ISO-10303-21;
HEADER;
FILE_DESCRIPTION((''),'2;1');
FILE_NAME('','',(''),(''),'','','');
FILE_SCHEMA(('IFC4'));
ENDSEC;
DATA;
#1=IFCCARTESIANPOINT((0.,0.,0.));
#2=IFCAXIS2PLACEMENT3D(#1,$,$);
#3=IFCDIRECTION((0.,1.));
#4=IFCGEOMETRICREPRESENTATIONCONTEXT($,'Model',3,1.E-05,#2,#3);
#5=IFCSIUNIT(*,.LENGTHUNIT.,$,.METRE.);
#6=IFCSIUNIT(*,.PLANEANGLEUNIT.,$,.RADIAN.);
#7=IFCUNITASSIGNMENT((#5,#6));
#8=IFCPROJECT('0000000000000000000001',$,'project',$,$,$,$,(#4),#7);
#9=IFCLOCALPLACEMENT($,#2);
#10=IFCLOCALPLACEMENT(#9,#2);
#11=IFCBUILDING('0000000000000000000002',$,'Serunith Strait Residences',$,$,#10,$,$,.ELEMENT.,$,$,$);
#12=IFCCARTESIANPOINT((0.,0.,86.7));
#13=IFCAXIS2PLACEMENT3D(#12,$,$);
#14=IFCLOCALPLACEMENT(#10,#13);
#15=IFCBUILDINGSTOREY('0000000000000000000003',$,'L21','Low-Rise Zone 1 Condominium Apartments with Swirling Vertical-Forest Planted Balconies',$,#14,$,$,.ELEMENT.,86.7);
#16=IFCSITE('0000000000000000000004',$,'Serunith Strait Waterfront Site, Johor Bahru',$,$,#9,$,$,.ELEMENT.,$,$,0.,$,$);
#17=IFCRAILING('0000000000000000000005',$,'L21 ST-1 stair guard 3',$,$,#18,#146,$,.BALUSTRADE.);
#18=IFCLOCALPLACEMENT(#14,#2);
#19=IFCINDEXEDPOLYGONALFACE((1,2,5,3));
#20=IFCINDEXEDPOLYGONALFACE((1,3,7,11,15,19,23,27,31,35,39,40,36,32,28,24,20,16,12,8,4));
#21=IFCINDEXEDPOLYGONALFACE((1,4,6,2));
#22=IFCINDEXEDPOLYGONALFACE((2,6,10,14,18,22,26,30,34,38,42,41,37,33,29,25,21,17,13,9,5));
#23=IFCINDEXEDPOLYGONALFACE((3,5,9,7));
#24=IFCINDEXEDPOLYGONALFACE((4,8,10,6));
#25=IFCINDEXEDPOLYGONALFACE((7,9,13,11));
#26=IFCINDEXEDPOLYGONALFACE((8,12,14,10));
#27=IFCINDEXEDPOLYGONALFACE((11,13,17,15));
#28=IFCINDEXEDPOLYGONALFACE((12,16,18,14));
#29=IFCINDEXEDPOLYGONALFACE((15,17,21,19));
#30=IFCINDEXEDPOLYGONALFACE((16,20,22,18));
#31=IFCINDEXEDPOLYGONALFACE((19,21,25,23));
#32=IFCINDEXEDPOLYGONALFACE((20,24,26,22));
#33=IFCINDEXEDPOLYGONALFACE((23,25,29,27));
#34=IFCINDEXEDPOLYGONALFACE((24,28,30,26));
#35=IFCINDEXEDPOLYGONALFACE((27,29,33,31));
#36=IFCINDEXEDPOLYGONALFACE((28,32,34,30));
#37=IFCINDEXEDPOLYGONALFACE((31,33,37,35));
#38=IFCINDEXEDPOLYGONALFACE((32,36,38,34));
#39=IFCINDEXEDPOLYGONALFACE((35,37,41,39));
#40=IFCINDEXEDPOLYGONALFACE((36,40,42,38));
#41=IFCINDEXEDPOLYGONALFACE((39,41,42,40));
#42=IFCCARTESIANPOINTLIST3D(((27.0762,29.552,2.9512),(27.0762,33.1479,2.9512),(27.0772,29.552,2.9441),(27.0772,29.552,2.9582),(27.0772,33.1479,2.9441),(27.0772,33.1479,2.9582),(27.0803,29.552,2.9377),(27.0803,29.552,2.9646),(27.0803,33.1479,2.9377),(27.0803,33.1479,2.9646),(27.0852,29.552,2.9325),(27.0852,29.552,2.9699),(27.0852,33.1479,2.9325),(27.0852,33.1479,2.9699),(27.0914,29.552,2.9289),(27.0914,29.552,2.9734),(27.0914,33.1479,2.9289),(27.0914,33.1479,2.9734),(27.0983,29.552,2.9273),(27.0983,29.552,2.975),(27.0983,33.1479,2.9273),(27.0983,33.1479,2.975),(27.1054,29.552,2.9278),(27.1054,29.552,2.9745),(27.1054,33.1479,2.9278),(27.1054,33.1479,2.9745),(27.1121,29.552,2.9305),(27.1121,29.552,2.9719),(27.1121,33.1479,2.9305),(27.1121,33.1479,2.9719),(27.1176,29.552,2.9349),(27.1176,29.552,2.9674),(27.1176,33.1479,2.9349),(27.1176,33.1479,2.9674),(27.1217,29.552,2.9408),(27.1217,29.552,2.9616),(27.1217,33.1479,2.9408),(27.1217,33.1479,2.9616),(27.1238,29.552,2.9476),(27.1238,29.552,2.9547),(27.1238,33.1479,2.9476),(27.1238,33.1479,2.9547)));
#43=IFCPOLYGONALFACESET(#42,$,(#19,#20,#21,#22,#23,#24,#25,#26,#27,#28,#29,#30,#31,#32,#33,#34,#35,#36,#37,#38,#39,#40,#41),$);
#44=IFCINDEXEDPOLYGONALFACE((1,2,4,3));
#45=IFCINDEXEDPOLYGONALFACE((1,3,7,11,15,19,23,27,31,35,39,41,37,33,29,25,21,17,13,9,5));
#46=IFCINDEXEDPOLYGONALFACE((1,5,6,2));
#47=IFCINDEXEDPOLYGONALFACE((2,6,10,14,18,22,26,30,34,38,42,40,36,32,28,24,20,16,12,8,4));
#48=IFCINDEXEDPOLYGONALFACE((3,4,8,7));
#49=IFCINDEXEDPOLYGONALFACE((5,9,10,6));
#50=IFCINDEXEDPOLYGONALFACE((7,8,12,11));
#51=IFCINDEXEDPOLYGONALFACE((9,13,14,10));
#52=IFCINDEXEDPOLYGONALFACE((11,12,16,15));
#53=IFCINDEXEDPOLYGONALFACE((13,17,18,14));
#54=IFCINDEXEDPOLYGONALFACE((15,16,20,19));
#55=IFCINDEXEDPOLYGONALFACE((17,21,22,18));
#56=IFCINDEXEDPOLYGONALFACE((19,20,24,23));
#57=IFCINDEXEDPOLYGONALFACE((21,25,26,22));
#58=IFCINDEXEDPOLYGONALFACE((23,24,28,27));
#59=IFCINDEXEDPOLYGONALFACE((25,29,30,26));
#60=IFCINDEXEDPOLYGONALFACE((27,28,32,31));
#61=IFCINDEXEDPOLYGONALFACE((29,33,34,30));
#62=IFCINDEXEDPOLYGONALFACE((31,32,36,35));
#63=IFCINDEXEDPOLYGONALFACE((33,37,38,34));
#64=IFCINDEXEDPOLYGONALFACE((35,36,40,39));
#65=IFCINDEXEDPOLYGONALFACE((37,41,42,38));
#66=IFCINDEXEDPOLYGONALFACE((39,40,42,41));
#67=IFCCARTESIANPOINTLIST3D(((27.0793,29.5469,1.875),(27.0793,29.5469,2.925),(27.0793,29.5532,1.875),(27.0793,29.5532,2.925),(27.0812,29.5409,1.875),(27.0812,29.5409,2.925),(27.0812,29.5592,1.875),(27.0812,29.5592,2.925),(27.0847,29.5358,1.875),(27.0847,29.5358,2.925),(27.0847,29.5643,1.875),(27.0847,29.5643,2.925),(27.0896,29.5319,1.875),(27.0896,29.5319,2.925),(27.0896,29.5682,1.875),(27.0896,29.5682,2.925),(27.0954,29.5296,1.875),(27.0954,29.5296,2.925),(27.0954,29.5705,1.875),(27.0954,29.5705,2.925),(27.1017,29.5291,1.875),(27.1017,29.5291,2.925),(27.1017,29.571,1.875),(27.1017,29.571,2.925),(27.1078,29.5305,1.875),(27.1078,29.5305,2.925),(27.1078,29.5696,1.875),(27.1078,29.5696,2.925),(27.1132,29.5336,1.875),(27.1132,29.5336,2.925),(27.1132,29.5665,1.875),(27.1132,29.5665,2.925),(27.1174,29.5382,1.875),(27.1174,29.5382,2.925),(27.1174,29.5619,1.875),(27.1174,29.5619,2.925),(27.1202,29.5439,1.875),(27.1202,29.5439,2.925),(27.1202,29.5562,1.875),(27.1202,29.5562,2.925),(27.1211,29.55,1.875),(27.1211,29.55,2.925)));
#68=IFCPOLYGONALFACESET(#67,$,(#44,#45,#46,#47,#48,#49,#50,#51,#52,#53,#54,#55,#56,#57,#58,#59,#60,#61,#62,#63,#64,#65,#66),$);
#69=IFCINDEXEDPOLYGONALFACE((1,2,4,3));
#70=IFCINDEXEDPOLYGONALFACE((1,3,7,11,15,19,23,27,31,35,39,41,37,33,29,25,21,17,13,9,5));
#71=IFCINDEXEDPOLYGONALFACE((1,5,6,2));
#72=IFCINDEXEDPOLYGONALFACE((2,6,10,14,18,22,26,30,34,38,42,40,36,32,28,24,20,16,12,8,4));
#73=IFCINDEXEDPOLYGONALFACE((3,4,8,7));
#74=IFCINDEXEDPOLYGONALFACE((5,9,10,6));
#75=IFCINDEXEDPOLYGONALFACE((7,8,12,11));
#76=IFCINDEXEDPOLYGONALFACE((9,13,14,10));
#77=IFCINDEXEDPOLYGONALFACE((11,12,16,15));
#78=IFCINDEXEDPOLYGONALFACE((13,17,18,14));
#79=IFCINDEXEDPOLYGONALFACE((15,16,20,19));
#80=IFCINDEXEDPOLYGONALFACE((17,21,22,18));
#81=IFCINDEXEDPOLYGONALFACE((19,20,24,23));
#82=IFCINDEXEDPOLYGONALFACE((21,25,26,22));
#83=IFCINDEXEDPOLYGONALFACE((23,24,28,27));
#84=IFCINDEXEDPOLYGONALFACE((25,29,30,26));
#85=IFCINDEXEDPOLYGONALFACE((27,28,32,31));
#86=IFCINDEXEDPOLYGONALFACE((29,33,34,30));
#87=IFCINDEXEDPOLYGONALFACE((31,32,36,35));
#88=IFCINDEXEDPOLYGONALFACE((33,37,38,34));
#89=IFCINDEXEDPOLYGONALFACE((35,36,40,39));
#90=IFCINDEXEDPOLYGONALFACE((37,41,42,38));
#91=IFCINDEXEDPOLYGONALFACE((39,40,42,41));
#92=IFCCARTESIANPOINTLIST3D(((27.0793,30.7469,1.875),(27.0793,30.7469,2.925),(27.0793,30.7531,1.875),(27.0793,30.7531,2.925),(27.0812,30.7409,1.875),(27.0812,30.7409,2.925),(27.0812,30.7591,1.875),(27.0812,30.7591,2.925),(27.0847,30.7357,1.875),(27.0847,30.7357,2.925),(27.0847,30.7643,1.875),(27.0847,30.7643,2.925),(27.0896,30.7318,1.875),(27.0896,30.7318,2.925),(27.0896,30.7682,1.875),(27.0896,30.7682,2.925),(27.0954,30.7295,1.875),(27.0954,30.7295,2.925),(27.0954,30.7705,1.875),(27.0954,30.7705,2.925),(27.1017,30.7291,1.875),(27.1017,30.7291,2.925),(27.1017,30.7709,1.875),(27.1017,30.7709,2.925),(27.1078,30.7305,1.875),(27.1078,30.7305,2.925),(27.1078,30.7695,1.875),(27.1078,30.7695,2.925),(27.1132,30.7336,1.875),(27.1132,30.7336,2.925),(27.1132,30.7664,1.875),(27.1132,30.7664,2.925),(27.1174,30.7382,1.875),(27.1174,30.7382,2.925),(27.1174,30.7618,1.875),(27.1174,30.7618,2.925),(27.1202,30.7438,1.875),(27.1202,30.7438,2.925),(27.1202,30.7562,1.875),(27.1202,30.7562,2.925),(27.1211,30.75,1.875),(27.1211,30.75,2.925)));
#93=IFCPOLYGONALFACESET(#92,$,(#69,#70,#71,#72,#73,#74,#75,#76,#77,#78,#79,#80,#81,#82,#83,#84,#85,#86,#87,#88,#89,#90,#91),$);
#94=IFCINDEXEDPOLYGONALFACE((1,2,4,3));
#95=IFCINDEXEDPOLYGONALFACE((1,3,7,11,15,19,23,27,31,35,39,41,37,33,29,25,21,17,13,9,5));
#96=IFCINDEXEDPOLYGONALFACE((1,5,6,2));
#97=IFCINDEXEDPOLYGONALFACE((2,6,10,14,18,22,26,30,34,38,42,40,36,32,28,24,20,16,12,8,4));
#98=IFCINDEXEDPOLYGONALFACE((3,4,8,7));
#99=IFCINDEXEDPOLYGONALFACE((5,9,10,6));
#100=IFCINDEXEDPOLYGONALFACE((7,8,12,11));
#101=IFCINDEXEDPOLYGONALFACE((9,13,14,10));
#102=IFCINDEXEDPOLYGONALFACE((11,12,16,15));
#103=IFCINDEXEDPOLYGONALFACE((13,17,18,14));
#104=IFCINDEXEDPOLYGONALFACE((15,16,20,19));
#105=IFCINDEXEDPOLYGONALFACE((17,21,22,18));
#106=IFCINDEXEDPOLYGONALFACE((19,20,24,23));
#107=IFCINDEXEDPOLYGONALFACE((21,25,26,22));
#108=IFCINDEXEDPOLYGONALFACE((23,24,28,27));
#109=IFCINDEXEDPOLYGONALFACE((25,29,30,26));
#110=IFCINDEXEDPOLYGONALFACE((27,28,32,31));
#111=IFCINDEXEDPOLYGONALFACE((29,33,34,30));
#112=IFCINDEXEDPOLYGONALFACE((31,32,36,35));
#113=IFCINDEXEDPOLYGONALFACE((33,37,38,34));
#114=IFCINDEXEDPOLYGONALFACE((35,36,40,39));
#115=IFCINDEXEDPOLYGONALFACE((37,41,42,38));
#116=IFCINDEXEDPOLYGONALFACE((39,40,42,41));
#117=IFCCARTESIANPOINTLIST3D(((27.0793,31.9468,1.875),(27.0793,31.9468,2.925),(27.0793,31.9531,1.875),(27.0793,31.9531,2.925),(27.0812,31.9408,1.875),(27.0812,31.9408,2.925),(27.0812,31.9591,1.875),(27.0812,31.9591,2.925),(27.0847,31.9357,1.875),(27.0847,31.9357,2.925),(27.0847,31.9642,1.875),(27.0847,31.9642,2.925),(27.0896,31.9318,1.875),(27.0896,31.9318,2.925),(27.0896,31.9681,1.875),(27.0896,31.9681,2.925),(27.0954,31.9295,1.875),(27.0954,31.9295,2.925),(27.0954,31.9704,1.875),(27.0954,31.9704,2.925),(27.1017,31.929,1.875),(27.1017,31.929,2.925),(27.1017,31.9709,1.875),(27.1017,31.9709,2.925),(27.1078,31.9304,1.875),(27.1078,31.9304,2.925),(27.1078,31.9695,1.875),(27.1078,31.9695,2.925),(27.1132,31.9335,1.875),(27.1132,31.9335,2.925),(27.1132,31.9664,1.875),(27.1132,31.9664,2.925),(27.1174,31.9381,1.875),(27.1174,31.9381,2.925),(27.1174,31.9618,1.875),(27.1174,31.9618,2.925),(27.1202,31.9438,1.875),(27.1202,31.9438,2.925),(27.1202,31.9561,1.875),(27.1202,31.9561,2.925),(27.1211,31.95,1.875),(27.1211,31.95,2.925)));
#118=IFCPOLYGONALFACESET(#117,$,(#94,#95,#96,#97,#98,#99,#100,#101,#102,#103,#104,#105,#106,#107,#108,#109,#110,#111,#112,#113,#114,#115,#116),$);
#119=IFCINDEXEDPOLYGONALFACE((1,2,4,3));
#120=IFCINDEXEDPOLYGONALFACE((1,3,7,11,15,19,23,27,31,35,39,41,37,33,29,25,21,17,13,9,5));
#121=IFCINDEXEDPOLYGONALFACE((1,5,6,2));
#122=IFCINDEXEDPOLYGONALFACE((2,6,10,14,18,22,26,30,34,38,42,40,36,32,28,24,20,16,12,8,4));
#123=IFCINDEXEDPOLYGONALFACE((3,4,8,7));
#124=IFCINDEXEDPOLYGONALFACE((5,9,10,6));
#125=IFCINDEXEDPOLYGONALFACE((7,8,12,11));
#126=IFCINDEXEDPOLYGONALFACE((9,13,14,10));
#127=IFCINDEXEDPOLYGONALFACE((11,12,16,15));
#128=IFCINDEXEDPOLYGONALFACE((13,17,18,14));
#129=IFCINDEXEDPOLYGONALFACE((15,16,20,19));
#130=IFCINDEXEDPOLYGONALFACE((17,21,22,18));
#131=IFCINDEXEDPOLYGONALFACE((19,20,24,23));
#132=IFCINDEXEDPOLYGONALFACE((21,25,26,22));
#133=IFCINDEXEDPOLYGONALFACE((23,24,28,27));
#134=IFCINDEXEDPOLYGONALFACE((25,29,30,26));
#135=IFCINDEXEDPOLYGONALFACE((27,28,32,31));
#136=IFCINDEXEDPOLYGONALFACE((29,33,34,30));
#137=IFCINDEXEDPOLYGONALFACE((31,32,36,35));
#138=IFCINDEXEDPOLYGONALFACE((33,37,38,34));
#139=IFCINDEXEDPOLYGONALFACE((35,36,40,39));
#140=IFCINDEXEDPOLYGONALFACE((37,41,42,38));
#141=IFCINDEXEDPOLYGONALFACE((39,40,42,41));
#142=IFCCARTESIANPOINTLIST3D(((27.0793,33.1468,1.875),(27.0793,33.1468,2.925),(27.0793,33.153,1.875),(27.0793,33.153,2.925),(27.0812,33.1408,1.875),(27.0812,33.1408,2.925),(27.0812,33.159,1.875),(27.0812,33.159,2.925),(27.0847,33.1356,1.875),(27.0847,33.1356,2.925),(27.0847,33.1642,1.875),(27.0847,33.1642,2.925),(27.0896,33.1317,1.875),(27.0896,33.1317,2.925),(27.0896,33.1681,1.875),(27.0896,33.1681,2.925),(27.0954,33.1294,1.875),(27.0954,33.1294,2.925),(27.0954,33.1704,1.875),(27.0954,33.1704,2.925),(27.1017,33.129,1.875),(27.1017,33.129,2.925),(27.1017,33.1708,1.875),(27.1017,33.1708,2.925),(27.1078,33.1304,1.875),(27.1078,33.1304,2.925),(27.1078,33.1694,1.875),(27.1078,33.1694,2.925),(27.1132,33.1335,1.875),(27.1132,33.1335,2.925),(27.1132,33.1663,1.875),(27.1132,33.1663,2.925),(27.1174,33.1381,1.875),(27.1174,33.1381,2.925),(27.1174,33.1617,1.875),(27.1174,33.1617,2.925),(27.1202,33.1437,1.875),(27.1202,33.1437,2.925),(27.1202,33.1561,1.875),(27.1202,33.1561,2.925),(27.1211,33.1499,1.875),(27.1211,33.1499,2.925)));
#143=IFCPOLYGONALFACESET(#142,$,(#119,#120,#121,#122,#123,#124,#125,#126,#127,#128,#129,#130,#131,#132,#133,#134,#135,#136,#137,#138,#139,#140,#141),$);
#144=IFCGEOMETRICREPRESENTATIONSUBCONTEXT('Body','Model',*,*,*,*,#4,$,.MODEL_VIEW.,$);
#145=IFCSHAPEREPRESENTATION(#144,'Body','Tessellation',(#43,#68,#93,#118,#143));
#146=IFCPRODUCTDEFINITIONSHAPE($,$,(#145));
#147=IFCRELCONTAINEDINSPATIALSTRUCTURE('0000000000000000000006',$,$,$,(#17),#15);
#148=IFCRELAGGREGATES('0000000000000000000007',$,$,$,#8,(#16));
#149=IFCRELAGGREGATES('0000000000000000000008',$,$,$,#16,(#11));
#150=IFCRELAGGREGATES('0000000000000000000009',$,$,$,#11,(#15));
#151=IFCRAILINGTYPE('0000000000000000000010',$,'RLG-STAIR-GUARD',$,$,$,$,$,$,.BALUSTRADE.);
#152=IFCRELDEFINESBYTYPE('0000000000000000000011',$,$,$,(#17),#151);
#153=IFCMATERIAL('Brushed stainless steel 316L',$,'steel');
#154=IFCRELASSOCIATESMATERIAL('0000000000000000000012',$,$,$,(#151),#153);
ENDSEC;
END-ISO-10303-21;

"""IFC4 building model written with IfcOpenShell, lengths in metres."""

from ifc_helpers import new_model, si_unit, direction, frame, origin, origin_2d, place, context, subcontext, project, spatial, circle, extrude, material, type_object, element, save


model = new_model("IFC4")

# Units and contexts
model_context = context("Model", 3, precision=1e-05, world=origin(), true_north=direction((0.0, 1.0)))
body_context = subcontext(model_context, "Body", "Model", "MODEL_VIEW")
ifc_project = project(units=[si_unit("LENGTHUNIT", "METRE"), si_unit("PLANEANGLEUNIT", "RADIAN")], contexts=[model_context])

# Site, building, storey
site_placement = place(None, origin())
site = spatial("IfcSite", under=ifc_project, at=site_placement, Name="Serunith Strait Waterfront Site, Johor Bahru", CompositionType="ELEMENT", RefElevation=0.0)
building_placement = place(site_placement, origin())
building = spatial("IfcBuilding", under=site, at=building_placement, Name="Serunith Strait Residences", CompositionType="ELEMENT")
storey_placement = place(building_placement, frame((0.0, 0.0, 86.7)))
storey = spatial("IfcBuildingStorey", under=building, at=storey_placement, Name="L21", Description="Low-Rise Zone 1 Condominium Apartments with Swirling Vertical-Forest Planted Balconies", CompositionType="ELEMENT", Elevation=86.7)

# Railing
ifc_material_1 = material(Name="Brushed stainless steel 316L", Category="steel")
railing_type_1 = type_object("IfcRailingType", Name="RLG-STAIR-GUARD", PredefinedType="BALUSTRADE", material=ifc_material_1)
for number, where, name in (
    (1, (27.1001, 29.55, 1.875), "L21 ST-1 stair guard 3"),
):
    element("IfcRailing", number, at=place(storey_placement, frame(where)), inside=storey, type_object=railing_type_1, Name=name, PredefinedType="BALUSTRADE", context=body_context, shape_type="SweptSolid", body=[
        extrude(circle(Radius=0.0239, at=origin_2d()), frame((0.0, 0.002, 1.0762), z_axis=(0.0, 1.0, 0.0), x_axis=(-1.0, 0.0, 0.0)), (0.0, 0.0, 1.0), 3.5959),
        extrude(circle(Radius=0.021, at=origin_2d()), origin(), (0.0, 0.0, 1.0), 1.05),
        extrude(circle(Radius=0.021, at=origin_2d()), frame((0.0, 1.2, 0.0)), (0.0, 0.0, 1.0), 1.05),
        extrude(circle(Radius=0.021, at=origin_2d()), frame((0.0, 2.3999, 0.0)), (0.0, 0.0, 1.0), 1.05),
        extrude(circle(Radius=0.021, at=origin_2d()), frame((0.0, 3.5999, 0.0)), (0.0, 0.0, 1.0), 1.05),
    ])

save(model, "model.ifc")
